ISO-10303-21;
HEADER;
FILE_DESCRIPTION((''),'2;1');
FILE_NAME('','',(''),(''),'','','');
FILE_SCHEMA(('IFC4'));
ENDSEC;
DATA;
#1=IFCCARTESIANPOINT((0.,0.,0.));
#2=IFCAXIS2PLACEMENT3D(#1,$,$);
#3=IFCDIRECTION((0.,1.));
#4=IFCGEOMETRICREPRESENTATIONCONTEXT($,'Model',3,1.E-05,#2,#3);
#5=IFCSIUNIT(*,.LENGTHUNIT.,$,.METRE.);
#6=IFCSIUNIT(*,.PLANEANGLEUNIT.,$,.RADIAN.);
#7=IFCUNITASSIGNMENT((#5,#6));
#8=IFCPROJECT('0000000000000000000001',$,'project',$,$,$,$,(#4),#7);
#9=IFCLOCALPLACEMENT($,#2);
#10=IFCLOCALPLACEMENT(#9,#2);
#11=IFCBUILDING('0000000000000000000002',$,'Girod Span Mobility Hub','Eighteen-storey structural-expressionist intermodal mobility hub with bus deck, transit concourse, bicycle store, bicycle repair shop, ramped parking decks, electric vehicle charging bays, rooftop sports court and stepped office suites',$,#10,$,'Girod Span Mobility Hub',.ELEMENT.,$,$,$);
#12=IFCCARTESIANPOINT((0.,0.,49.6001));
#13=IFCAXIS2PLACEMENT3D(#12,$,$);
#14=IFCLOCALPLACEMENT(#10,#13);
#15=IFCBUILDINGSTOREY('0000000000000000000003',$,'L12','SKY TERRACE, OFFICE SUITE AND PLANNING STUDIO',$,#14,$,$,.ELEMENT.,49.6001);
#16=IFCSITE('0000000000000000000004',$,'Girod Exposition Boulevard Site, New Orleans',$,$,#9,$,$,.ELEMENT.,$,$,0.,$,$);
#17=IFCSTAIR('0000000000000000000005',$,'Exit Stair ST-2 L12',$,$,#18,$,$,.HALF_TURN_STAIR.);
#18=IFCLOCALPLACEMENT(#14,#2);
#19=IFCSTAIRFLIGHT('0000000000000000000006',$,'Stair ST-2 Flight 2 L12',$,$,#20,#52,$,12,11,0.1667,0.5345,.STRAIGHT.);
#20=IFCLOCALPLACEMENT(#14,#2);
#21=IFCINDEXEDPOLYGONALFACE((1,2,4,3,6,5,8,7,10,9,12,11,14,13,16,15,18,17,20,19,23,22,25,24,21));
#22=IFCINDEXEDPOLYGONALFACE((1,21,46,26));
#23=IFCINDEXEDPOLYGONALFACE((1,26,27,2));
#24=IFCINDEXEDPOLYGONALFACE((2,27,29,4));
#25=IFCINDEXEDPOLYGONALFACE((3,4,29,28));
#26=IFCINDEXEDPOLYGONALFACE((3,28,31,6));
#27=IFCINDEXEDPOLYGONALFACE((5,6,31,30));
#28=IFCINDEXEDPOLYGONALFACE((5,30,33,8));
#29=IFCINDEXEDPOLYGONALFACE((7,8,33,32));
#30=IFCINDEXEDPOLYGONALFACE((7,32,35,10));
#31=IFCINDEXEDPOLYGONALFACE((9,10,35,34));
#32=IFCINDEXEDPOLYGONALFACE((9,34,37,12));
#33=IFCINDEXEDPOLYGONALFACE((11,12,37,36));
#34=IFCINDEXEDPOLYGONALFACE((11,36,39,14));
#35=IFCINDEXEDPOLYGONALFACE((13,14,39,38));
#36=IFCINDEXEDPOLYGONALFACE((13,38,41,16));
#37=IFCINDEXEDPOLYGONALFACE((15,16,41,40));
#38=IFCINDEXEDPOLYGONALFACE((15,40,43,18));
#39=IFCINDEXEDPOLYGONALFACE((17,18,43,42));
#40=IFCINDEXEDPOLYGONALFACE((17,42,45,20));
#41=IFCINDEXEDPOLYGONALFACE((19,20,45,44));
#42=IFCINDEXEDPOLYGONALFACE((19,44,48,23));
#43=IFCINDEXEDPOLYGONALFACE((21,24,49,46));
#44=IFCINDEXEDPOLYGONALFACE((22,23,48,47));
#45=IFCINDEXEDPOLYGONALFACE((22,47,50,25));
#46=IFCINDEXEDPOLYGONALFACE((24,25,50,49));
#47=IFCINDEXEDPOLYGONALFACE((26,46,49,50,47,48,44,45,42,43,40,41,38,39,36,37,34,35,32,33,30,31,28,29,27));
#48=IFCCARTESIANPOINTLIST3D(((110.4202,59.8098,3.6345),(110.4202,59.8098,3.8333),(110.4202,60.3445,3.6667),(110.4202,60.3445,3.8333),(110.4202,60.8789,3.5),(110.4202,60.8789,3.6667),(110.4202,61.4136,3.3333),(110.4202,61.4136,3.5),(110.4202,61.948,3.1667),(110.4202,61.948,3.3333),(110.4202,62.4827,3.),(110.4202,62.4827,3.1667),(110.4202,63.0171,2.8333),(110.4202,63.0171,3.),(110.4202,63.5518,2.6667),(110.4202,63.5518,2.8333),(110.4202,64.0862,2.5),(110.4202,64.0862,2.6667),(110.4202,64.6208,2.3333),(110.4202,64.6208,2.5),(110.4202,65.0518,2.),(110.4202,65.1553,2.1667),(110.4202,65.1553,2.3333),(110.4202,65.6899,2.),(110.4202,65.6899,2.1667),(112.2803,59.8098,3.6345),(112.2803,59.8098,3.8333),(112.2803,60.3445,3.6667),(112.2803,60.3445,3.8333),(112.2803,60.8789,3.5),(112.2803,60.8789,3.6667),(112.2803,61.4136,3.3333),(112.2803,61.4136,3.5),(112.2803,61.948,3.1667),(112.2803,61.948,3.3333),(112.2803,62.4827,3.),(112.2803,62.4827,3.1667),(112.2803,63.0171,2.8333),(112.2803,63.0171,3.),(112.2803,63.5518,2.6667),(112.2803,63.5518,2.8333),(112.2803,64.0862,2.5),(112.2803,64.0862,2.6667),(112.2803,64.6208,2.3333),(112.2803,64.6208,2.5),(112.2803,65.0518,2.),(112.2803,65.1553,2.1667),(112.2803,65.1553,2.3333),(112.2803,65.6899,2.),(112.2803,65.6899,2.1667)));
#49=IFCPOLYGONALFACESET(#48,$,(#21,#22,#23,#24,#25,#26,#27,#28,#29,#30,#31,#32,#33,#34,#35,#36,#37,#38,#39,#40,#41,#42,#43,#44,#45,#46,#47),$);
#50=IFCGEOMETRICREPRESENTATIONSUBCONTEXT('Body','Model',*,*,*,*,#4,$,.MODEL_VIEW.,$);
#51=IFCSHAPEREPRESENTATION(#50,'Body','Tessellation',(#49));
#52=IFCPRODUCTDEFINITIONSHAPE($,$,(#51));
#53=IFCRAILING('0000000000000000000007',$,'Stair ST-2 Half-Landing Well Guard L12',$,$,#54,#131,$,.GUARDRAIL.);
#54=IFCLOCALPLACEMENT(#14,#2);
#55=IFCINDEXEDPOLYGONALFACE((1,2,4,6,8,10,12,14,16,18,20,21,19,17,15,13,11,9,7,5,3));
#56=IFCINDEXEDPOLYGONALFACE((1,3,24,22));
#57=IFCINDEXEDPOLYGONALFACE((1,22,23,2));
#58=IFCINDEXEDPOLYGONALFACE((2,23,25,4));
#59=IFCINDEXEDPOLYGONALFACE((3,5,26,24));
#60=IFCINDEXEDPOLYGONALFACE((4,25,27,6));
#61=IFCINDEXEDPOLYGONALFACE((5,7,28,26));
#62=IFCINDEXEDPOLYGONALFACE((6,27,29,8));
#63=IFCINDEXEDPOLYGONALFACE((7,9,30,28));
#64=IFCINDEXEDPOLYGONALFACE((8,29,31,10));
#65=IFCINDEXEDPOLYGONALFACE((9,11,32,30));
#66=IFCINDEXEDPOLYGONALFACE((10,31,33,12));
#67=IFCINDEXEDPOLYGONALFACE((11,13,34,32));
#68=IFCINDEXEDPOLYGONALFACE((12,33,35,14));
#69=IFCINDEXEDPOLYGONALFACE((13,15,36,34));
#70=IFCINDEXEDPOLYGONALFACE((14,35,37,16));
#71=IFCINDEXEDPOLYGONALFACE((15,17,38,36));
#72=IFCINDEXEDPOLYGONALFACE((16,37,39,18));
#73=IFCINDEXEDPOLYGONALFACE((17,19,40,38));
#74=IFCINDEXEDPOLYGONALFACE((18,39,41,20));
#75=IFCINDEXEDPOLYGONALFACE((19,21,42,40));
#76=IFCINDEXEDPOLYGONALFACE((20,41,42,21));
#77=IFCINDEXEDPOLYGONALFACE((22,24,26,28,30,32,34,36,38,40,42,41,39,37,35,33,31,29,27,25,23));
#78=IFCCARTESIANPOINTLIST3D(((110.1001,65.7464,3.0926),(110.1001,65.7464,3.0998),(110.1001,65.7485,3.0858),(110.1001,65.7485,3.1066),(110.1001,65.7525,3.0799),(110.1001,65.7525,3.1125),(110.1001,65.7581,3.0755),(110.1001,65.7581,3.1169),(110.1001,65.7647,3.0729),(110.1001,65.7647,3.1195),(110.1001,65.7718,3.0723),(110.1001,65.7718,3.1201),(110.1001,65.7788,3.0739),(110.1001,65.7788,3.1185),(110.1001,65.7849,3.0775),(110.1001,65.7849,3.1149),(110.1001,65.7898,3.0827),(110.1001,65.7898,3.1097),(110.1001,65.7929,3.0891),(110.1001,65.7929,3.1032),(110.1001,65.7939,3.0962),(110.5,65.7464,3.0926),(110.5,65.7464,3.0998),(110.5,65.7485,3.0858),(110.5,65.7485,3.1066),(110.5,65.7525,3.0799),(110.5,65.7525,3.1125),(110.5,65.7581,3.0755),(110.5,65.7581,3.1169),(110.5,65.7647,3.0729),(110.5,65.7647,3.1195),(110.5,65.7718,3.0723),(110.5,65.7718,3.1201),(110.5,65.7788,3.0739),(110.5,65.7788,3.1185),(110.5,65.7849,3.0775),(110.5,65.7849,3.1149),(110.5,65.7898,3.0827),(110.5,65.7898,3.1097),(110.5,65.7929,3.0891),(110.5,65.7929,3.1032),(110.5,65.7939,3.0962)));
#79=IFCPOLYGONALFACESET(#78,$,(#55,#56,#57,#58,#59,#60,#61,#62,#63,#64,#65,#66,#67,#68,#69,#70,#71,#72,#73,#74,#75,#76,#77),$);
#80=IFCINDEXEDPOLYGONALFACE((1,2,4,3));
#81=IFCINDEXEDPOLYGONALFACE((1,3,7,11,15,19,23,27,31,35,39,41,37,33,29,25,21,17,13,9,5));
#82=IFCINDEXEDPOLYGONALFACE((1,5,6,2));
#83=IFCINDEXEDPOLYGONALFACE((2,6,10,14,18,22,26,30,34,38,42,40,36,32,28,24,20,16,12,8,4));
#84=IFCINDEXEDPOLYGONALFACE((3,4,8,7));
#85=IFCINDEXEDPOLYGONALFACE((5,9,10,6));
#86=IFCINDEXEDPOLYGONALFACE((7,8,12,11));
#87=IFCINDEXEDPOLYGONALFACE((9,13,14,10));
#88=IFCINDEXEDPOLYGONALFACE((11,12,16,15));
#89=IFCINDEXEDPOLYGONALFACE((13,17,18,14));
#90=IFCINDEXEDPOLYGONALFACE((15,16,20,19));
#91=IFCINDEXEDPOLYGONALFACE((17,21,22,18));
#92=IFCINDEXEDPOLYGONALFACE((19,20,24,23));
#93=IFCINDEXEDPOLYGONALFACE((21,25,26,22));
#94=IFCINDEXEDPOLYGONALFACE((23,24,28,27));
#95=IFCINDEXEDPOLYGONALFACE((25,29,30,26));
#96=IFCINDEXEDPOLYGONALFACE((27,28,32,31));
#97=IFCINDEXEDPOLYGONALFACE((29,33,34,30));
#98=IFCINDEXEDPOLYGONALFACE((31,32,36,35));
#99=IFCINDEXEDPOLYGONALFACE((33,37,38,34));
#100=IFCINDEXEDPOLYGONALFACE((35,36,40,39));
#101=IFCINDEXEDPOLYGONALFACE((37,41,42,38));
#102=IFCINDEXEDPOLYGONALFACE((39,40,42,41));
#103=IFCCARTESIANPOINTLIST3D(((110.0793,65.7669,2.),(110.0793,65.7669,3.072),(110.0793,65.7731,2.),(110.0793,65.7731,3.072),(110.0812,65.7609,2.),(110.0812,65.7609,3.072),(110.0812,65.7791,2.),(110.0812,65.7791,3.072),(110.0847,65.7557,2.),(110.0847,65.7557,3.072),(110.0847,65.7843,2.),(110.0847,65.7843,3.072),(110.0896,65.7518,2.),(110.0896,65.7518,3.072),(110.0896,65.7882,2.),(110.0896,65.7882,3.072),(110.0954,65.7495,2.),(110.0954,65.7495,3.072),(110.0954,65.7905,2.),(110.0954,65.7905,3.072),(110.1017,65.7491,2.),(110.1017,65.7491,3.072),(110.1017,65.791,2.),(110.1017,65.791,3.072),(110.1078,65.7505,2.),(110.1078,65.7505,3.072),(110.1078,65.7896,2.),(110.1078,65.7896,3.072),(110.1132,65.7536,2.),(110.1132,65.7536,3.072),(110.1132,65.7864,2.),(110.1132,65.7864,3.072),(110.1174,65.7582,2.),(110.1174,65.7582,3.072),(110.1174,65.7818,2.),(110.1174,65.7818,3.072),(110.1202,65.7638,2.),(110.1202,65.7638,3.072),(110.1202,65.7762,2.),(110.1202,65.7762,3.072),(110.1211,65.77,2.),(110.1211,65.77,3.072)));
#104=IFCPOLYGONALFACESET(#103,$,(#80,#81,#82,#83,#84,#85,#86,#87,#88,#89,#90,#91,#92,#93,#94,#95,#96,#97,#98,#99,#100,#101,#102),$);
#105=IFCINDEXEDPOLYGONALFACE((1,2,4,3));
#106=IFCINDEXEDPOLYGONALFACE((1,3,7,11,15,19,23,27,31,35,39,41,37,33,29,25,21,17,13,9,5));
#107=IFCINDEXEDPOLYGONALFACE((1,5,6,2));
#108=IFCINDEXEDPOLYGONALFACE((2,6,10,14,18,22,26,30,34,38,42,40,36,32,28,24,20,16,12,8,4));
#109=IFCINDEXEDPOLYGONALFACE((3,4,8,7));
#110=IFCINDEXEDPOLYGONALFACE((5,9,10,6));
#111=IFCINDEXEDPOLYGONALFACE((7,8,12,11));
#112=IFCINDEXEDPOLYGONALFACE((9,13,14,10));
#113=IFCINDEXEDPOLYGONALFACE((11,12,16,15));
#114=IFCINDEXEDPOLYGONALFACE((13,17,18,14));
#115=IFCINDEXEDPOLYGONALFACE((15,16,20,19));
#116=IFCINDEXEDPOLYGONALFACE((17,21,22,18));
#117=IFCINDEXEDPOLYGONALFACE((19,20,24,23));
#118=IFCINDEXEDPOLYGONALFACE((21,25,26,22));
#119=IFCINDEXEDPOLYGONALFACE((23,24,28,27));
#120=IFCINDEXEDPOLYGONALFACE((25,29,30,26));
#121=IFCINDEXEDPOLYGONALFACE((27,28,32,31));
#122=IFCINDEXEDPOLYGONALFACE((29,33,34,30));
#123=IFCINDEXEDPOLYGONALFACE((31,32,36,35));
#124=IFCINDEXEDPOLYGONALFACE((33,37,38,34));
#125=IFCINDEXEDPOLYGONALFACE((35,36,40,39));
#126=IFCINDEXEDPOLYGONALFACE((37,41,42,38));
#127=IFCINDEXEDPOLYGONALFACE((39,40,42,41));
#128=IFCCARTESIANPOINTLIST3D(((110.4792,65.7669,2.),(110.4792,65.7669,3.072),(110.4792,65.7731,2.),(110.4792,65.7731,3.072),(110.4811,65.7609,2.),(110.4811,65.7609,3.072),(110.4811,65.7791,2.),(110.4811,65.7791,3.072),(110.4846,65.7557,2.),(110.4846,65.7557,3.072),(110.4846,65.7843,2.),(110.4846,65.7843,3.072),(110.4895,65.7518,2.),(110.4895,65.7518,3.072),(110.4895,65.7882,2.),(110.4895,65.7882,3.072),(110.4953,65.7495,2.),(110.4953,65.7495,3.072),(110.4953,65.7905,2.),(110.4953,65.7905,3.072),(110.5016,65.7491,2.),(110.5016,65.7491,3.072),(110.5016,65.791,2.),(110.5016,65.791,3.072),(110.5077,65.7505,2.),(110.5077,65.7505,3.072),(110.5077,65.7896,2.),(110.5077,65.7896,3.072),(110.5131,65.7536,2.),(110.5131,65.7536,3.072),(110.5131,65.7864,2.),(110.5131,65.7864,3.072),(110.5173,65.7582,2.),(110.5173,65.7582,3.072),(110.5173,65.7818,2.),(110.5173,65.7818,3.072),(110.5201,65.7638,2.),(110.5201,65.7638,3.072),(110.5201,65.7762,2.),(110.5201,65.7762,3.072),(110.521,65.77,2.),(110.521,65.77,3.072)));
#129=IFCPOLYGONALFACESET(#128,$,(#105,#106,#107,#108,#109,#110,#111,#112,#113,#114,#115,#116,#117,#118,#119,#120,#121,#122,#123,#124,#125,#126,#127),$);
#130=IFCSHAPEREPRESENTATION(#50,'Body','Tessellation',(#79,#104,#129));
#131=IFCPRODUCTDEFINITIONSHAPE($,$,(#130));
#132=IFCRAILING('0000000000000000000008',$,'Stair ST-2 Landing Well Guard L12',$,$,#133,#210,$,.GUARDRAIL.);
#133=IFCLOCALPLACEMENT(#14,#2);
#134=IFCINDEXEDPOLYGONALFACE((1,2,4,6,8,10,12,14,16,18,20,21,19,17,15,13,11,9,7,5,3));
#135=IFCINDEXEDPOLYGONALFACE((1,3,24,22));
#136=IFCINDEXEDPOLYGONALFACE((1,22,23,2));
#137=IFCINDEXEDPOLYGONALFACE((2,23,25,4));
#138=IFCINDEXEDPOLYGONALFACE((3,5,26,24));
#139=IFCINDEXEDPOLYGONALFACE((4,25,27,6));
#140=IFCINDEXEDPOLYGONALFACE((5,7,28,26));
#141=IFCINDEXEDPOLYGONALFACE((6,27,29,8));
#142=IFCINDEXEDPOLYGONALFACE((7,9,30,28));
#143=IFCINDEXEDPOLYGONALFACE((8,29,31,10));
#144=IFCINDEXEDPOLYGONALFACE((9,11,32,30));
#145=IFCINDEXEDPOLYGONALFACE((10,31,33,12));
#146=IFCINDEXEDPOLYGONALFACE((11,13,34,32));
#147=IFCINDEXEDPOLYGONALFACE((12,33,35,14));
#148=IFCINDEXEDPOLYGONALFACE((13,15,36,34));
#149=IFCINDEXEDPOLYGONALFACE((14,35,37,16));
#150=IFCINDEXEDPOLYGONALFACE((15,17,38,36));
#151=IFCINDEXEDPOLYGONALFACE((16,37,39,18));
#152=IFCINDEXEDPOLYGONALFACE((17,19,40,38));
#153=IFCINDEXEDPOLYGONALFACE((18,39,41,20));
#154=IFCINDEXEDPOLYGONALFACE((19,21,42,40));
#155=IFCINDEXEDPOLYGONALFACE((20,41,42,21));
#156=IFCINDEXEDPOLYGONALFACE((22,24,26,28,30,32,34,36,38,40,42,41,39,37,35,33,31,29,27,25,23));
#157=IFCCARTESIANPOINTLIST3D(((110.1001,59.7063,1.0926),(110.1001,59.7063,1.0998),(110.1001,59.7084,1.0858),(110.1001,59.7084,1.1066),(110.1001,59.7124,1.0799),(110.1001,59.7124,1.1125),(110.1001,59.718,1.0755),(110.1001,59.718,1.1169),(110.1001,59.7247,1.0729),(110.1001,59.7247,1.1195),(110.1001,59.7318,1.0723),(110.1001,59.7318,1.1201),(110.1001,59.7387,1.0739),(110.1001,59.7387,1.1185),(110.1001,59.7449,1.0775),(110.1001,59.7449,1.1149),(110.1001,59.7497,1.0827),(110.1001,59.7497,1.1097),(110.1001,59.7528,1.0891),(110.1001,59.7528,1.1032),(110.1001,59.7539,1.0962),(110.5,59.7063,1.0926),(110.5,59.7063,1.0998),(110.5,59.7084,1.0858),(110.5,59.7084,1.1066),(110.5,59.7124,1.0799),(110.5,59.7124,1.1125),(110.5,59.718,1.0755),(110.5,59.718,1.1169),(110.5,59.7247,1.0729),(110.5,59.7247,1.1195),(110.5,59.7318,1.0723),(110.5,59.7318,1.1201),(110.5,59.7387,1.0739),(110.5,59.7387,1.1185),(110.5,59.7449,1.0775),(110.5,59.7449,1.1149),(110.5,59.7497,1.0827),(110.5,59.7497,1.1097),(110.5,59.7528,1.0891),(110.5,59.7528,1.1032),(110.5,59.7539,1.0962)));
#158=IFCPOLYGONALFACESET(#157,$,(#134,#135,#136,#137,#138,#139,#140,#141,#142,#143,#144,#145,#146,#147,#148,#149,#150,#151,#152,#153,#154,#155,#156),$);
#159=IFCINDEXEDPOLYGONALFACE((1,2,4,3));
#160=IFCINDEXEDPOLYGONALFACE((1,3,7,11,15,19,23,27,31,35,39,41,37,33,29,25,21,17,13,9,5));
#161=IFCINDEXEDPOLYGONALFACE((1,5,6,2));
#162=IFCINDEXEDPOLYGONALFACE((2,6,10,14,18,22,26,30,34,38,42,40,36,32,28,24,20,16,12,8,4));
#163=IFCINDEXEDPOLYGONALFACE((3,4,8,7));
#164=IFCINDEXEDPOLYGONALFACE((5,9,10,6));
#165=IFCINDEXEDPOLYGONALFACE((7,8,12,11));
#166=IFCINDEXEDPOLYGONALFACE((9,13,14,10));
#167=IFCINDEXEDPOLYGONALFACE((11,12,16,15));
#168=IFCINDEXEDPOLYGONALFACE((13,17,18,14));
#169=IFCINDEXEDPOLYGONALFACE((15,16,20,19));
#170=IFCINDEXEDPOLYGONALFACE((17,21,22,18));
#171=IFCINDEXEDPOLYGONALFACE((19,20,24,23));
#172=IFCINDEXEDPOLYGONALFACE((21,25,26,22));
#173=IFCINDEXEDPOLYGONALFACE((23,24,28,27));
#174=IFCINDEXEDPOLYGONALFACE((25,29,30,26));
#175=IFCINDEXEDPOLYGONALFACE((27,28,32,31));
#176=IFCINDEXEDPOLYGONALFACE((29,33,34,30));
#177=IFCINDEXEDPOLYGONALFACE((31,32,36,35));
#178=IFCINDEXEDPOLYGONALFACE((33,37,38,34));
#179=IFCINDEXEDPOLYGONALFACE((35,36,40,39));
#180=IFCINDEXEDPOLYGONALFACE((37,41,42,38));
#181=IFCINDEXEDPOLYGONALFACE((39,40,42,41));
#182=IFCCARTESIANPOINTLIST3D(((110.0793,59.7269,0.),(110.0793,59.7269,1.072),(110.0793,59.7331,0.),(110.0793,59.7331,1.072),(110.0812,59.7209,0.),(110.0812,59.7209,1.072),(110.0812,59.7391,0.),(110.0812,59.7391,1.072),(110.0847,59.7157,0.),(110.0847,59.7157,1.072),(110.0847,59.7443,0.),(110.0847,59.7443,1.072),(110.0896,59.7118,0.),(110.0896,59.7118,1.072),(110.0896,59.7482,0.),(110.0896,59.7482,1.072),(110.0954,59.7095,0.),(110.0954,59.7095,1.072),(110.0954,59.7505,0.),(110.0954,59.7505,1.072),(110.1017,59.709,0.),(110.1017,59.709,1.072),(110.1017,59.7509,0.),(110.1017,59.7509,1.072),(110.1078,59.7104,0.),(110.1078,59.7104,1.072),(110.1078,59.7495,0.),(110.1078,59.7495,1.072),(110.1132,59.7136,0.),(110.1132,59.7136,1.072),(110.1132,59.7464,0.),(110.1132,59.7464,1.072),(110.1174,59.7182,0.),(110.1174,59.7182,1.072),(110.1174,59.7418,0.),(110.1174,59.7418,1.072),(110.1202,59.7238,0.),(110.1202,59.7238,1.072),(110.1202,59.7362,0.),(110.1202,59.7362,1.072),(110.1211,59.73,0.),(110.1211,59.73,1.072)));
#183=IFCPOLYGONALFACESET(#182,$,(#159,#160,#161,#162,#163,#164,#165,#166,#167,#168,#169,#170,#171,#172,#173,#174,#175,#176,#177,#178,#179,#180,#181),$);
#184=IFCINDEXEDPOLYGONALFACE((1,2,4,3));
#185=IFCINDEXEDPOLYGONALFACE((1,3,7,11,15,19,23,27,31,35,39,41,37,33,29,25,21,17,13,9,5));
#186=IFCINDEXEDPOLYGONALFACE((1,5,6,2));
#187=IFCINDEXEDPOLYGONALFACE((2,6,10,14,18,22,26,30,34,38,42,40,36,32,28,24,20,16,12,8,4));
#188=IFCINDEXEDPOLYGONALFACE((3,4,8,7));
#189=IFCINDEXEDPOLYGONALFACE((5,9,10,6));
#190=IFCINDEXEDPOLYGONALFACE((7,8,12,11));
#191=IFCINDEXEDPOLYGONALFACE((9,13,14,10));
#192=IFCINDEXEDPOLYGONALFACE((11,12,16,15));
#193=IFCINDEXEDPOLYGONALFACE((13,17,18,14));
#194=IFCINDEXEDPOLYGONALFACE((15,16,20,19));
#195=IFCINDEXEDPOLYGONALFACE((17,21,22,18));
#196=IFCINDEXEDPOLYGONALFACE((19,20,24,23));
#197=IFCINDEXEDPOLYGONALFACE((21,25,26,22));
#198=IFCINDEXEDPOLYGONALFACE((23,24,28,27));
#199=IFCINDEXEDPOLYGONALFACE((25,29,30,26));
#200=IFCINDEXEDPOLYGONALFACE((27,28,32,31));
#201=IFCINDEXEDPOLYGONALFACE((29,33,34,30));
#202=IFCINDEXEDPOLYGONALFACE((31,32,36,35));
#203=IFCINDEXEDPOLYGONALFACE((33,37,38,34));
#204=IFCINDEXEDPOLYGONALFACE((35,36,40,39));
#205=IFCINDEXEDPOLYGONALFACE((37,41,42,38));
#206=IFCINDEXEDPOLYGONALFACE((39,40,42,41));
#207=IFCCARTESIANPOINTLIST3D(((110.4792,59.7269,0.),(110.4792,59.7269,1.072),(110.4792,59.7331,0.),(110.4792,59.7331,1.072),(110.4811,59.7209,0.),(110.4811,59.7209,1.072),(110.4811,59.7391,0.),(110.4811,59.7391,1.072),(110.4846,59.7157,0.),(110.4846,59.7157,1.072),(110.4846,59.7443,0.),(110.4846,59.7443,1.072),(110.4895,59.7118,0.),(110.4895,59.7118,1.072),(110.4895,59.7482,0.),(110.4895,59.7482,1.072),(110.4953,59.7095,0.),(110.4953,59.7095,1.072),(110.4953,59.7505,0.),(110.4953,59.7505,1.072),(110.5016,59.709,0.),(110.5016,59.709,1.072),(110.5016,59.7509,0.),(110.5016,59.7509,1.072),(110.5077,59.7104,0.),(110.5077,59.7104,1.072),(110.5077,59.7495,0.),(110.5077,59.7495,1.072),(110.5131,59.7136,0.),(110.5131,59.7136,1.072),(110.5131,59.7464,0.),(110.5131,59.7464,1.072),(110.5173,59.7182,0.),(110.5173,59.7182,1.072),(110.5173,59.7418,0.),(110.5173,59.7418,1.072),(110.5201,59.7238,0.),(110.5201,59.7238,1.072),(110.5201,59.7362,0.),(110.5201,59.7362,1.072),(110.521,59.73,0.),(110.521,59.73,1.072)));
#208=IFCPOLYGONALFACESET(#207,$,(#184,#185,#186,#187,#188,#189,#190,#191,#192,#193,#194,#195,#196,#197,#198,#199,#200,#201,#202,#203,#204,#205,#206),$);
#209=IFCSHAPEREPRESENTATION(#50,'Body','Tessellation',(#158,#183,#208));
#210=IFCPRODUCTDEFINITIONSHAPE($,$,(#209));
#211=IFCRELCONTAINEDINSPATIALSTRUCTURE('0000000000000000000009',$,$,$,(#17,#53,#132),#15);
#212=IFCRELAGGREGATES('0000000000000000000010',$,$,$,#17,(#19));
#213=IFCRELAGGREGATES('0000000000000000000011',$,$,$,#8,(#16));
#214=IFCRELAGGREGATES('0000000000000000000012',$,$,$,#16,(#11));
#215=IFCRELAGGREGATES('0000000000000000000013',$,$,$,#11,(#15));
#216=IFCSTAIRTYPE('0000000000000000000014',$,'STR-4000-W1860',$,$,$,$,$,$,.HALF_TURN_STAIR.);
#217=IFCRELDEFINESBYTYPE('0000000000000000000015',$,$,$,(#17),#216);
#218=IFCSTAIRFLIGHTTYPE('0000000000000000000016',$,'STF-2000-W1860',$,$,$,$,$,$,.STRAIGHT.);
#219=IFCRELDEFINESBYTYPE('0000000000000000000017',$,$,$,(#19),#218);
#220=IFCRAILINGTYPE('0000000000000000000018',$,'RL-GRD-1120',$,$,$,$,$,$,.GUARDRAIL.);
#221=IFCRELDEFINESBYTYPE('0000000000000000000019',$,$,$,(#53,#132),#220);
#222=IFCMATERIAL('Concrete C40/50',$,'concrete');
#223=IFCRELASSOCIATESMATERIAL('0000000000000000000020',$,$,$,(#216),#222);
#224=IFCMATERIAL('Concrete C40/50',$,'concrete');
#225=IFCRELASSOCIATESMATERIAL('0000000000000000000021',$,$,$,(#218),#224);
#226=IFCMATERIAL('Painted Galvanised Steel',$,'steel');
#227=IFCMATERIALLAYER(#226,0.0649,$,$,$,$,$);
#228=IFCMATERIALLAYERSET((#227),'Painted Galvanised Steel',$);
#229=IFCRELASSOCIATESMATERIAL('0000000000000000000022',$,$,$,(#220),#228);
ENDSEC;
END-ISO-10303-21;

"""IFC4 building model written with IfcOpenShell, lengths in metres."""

from ifc_helpers import new_model, si_unit, direction, frame, origin, origin_2d, place, context, subcontext, project, spatial, polyline, circle, outline, extrude, material, layer, layer_set, type_object, element, aggregate, save


model = new_model("IFC4")

# Units and contexts
model_context = context("Model", 3, precision=1e-05, world=origin(), true_north=direction((0.0, 1.0)))
body_context = subcontext(model_context, "Body", "Model", "MODEL_VIEW")
ifc_project = project(units=[si_unit("LENGTHUNIT", "METRE"), si_unit("PLANEANGLEUNIT", "RADIAN")], contexts=[model_context])

# Site, building, storey
site_placement = place(None, origin())
site = spatial("IfcSite", under=ifc_project, at=site_placement, Name="Girod Exposition Boulevard Site, New Orleans", CompositionType="ELEMENT", RefElevation=0.0)
building_placement = place(site_placement, origin())
building = spatial("IfcBuilding", under=site, at=building_placement, Name="Girod Span Mobility Hub", Description="Eighteen-storey structural-expressionist intermodal mobility hub with bus deck, transit concourse, bicycle store, bicycle repair shop, ramped parking decks, electric vehicle charging bays, rooftop sports court and stepped office suites", LongName="Girod Span Mobility Hub", CompositionType="ELEMENT")
storey_placement = place(building_placement, frame((0.0, 0.0, 49.6001)))
storey = spatial("IfcBuildingStorey", under=building, at=storey_placement, Name="L12", Description="SKY TERRACE, OFFICE SUITE AND PLANNING STUDIO", CompositionType="ELEMENT", Elevation=49.6001)

# Stair, stair flight
ifc_material_1 = material(Name="Concrete C40/50", Category="concrete")
stair_type = type_object("IfcStairType", Name="STR-4000-W1860", PredefinedType="HALF_TURN_STAIR", material=ifc_material_1)
stair_placement = place(storey_placement, origin())
stair = element("IfcStair", 1, at=stair_placement, inside=storey, type_object=stair_type, Name="Exit Stair ST-2 L12", PredefinedType="HALF_TURN_STAIR")
ifc_material_2 = material(Name="Concrete C40/50", Category="concrete")
stair_flight_type = type_object("IfcStairFlightType", Name="STF-2000-W1860", PredefinedType="STRAIGHT", material=ifc_material_2)
stair_flight_1_placement = place(storey_placement, frame((111.3501, 65.6899, 2.0), z_axis=(0.0, 0.0, 1.0), x_axis=(0.0, -1.0, 0.0)))
stair_flight_1 = element("IfcStairFlight", 2, at=stair_flight_1_placement, type_object=stair_flight_type, Name="Stair ST-2 Flight 2 L12", NumberOfRisers=12, NumberOfTreads=11, PredefinedType="STRAIGHT", RiserHeight=0.1667, TreadLength=0.5345, context=body_context, shape_type="SweptSolid", body=[
    extrude(outline(polyline([(0.0, 0.0), (0.0, 0.1667), (0.5347, 0.1667), (0.5347, 0.3333), (1.0691, 0.3333), (1.0691, 0.5), (1.6038, 0.5), (1.6038, 0.6667), (2.1382, 0.6667), (2.1382, 0.8333), (2.6729, 0.8333), (2.6729, 1.0), (3.2073, 1.0), (3.2073, 1.1667), (3.7419, 1.1667), (3.7419, 1.3333), (4.2764, 1.3333), (4.2764, 1.5), (4.811, 1.5), (4.811, 1.6667), (5.3455, 1.6667), (5.3455, 1.8333), (5.8801, 1.8333), (5.8801, 2.0), (5.8801, 1.6345), (0.6382, 0.0), (0.0, 0.0)])), frame((0.0, 0.9302, 0.0), z_axis=(0.0, -1.0, 0.0), x_axis=(1.0, 0.0, 0.0)), (0.0, 0.0, 1.0), 1.8601),
])
aggregate(stair, [stair_flight_1])

# Railings
ifc_material_3 = material(Name="Painted Galvanised Steel", Category="steel")
ifc_layer_1 = layer(ifc_material_3, 0.0649)
ifc_layer_set_1 = layer_set([ifc_layer_1], Name="Painted Galvanised Steel")
railing_type_1 = type_object("IfcRailingType", Name="RL-GRD-1120", PredefinedType="GUARDRAIL", material=ifc_layer_set_1)
for number, where, name in (
    (3, (110.1001, 65.77, 2.0), "Stair ST-2 Half-Landing Well Guard L12"),
    (4, (110.1001, 59.73, 0.0), "Stair ST-2 Landing Well Guard L12"),
):
    element("IfcRailing", number, at=place(storey_placement, frame(where)), inside=storey, type_object=railing_type_1, Name=name, PredefinedType="GUARDRAIL", context=body_context, shape_type="SweptSolid", body=[
        extrude(circle(Radius=0.0239, at=origin_2d()), frame((0.0, 0.0, 1.0962), z_axis=(1.0, 0.0, 0.0), x_axis=(0.0, 1.0, 0.0)), (0.0, 0.0, 1.0), 0.3999),
        extrude(circle(Radius=0.021, at=origin_2d()), origin(), (0.0, 0.0, 1.0), 1.072),
        extrude(circle(Radius=0.021, at=origin_2d()), frame((0.3999, 0.0, 0.0)), (0.0, 0.0, 1.0), 1.072),
    ])

save(model, "model.ifc")
